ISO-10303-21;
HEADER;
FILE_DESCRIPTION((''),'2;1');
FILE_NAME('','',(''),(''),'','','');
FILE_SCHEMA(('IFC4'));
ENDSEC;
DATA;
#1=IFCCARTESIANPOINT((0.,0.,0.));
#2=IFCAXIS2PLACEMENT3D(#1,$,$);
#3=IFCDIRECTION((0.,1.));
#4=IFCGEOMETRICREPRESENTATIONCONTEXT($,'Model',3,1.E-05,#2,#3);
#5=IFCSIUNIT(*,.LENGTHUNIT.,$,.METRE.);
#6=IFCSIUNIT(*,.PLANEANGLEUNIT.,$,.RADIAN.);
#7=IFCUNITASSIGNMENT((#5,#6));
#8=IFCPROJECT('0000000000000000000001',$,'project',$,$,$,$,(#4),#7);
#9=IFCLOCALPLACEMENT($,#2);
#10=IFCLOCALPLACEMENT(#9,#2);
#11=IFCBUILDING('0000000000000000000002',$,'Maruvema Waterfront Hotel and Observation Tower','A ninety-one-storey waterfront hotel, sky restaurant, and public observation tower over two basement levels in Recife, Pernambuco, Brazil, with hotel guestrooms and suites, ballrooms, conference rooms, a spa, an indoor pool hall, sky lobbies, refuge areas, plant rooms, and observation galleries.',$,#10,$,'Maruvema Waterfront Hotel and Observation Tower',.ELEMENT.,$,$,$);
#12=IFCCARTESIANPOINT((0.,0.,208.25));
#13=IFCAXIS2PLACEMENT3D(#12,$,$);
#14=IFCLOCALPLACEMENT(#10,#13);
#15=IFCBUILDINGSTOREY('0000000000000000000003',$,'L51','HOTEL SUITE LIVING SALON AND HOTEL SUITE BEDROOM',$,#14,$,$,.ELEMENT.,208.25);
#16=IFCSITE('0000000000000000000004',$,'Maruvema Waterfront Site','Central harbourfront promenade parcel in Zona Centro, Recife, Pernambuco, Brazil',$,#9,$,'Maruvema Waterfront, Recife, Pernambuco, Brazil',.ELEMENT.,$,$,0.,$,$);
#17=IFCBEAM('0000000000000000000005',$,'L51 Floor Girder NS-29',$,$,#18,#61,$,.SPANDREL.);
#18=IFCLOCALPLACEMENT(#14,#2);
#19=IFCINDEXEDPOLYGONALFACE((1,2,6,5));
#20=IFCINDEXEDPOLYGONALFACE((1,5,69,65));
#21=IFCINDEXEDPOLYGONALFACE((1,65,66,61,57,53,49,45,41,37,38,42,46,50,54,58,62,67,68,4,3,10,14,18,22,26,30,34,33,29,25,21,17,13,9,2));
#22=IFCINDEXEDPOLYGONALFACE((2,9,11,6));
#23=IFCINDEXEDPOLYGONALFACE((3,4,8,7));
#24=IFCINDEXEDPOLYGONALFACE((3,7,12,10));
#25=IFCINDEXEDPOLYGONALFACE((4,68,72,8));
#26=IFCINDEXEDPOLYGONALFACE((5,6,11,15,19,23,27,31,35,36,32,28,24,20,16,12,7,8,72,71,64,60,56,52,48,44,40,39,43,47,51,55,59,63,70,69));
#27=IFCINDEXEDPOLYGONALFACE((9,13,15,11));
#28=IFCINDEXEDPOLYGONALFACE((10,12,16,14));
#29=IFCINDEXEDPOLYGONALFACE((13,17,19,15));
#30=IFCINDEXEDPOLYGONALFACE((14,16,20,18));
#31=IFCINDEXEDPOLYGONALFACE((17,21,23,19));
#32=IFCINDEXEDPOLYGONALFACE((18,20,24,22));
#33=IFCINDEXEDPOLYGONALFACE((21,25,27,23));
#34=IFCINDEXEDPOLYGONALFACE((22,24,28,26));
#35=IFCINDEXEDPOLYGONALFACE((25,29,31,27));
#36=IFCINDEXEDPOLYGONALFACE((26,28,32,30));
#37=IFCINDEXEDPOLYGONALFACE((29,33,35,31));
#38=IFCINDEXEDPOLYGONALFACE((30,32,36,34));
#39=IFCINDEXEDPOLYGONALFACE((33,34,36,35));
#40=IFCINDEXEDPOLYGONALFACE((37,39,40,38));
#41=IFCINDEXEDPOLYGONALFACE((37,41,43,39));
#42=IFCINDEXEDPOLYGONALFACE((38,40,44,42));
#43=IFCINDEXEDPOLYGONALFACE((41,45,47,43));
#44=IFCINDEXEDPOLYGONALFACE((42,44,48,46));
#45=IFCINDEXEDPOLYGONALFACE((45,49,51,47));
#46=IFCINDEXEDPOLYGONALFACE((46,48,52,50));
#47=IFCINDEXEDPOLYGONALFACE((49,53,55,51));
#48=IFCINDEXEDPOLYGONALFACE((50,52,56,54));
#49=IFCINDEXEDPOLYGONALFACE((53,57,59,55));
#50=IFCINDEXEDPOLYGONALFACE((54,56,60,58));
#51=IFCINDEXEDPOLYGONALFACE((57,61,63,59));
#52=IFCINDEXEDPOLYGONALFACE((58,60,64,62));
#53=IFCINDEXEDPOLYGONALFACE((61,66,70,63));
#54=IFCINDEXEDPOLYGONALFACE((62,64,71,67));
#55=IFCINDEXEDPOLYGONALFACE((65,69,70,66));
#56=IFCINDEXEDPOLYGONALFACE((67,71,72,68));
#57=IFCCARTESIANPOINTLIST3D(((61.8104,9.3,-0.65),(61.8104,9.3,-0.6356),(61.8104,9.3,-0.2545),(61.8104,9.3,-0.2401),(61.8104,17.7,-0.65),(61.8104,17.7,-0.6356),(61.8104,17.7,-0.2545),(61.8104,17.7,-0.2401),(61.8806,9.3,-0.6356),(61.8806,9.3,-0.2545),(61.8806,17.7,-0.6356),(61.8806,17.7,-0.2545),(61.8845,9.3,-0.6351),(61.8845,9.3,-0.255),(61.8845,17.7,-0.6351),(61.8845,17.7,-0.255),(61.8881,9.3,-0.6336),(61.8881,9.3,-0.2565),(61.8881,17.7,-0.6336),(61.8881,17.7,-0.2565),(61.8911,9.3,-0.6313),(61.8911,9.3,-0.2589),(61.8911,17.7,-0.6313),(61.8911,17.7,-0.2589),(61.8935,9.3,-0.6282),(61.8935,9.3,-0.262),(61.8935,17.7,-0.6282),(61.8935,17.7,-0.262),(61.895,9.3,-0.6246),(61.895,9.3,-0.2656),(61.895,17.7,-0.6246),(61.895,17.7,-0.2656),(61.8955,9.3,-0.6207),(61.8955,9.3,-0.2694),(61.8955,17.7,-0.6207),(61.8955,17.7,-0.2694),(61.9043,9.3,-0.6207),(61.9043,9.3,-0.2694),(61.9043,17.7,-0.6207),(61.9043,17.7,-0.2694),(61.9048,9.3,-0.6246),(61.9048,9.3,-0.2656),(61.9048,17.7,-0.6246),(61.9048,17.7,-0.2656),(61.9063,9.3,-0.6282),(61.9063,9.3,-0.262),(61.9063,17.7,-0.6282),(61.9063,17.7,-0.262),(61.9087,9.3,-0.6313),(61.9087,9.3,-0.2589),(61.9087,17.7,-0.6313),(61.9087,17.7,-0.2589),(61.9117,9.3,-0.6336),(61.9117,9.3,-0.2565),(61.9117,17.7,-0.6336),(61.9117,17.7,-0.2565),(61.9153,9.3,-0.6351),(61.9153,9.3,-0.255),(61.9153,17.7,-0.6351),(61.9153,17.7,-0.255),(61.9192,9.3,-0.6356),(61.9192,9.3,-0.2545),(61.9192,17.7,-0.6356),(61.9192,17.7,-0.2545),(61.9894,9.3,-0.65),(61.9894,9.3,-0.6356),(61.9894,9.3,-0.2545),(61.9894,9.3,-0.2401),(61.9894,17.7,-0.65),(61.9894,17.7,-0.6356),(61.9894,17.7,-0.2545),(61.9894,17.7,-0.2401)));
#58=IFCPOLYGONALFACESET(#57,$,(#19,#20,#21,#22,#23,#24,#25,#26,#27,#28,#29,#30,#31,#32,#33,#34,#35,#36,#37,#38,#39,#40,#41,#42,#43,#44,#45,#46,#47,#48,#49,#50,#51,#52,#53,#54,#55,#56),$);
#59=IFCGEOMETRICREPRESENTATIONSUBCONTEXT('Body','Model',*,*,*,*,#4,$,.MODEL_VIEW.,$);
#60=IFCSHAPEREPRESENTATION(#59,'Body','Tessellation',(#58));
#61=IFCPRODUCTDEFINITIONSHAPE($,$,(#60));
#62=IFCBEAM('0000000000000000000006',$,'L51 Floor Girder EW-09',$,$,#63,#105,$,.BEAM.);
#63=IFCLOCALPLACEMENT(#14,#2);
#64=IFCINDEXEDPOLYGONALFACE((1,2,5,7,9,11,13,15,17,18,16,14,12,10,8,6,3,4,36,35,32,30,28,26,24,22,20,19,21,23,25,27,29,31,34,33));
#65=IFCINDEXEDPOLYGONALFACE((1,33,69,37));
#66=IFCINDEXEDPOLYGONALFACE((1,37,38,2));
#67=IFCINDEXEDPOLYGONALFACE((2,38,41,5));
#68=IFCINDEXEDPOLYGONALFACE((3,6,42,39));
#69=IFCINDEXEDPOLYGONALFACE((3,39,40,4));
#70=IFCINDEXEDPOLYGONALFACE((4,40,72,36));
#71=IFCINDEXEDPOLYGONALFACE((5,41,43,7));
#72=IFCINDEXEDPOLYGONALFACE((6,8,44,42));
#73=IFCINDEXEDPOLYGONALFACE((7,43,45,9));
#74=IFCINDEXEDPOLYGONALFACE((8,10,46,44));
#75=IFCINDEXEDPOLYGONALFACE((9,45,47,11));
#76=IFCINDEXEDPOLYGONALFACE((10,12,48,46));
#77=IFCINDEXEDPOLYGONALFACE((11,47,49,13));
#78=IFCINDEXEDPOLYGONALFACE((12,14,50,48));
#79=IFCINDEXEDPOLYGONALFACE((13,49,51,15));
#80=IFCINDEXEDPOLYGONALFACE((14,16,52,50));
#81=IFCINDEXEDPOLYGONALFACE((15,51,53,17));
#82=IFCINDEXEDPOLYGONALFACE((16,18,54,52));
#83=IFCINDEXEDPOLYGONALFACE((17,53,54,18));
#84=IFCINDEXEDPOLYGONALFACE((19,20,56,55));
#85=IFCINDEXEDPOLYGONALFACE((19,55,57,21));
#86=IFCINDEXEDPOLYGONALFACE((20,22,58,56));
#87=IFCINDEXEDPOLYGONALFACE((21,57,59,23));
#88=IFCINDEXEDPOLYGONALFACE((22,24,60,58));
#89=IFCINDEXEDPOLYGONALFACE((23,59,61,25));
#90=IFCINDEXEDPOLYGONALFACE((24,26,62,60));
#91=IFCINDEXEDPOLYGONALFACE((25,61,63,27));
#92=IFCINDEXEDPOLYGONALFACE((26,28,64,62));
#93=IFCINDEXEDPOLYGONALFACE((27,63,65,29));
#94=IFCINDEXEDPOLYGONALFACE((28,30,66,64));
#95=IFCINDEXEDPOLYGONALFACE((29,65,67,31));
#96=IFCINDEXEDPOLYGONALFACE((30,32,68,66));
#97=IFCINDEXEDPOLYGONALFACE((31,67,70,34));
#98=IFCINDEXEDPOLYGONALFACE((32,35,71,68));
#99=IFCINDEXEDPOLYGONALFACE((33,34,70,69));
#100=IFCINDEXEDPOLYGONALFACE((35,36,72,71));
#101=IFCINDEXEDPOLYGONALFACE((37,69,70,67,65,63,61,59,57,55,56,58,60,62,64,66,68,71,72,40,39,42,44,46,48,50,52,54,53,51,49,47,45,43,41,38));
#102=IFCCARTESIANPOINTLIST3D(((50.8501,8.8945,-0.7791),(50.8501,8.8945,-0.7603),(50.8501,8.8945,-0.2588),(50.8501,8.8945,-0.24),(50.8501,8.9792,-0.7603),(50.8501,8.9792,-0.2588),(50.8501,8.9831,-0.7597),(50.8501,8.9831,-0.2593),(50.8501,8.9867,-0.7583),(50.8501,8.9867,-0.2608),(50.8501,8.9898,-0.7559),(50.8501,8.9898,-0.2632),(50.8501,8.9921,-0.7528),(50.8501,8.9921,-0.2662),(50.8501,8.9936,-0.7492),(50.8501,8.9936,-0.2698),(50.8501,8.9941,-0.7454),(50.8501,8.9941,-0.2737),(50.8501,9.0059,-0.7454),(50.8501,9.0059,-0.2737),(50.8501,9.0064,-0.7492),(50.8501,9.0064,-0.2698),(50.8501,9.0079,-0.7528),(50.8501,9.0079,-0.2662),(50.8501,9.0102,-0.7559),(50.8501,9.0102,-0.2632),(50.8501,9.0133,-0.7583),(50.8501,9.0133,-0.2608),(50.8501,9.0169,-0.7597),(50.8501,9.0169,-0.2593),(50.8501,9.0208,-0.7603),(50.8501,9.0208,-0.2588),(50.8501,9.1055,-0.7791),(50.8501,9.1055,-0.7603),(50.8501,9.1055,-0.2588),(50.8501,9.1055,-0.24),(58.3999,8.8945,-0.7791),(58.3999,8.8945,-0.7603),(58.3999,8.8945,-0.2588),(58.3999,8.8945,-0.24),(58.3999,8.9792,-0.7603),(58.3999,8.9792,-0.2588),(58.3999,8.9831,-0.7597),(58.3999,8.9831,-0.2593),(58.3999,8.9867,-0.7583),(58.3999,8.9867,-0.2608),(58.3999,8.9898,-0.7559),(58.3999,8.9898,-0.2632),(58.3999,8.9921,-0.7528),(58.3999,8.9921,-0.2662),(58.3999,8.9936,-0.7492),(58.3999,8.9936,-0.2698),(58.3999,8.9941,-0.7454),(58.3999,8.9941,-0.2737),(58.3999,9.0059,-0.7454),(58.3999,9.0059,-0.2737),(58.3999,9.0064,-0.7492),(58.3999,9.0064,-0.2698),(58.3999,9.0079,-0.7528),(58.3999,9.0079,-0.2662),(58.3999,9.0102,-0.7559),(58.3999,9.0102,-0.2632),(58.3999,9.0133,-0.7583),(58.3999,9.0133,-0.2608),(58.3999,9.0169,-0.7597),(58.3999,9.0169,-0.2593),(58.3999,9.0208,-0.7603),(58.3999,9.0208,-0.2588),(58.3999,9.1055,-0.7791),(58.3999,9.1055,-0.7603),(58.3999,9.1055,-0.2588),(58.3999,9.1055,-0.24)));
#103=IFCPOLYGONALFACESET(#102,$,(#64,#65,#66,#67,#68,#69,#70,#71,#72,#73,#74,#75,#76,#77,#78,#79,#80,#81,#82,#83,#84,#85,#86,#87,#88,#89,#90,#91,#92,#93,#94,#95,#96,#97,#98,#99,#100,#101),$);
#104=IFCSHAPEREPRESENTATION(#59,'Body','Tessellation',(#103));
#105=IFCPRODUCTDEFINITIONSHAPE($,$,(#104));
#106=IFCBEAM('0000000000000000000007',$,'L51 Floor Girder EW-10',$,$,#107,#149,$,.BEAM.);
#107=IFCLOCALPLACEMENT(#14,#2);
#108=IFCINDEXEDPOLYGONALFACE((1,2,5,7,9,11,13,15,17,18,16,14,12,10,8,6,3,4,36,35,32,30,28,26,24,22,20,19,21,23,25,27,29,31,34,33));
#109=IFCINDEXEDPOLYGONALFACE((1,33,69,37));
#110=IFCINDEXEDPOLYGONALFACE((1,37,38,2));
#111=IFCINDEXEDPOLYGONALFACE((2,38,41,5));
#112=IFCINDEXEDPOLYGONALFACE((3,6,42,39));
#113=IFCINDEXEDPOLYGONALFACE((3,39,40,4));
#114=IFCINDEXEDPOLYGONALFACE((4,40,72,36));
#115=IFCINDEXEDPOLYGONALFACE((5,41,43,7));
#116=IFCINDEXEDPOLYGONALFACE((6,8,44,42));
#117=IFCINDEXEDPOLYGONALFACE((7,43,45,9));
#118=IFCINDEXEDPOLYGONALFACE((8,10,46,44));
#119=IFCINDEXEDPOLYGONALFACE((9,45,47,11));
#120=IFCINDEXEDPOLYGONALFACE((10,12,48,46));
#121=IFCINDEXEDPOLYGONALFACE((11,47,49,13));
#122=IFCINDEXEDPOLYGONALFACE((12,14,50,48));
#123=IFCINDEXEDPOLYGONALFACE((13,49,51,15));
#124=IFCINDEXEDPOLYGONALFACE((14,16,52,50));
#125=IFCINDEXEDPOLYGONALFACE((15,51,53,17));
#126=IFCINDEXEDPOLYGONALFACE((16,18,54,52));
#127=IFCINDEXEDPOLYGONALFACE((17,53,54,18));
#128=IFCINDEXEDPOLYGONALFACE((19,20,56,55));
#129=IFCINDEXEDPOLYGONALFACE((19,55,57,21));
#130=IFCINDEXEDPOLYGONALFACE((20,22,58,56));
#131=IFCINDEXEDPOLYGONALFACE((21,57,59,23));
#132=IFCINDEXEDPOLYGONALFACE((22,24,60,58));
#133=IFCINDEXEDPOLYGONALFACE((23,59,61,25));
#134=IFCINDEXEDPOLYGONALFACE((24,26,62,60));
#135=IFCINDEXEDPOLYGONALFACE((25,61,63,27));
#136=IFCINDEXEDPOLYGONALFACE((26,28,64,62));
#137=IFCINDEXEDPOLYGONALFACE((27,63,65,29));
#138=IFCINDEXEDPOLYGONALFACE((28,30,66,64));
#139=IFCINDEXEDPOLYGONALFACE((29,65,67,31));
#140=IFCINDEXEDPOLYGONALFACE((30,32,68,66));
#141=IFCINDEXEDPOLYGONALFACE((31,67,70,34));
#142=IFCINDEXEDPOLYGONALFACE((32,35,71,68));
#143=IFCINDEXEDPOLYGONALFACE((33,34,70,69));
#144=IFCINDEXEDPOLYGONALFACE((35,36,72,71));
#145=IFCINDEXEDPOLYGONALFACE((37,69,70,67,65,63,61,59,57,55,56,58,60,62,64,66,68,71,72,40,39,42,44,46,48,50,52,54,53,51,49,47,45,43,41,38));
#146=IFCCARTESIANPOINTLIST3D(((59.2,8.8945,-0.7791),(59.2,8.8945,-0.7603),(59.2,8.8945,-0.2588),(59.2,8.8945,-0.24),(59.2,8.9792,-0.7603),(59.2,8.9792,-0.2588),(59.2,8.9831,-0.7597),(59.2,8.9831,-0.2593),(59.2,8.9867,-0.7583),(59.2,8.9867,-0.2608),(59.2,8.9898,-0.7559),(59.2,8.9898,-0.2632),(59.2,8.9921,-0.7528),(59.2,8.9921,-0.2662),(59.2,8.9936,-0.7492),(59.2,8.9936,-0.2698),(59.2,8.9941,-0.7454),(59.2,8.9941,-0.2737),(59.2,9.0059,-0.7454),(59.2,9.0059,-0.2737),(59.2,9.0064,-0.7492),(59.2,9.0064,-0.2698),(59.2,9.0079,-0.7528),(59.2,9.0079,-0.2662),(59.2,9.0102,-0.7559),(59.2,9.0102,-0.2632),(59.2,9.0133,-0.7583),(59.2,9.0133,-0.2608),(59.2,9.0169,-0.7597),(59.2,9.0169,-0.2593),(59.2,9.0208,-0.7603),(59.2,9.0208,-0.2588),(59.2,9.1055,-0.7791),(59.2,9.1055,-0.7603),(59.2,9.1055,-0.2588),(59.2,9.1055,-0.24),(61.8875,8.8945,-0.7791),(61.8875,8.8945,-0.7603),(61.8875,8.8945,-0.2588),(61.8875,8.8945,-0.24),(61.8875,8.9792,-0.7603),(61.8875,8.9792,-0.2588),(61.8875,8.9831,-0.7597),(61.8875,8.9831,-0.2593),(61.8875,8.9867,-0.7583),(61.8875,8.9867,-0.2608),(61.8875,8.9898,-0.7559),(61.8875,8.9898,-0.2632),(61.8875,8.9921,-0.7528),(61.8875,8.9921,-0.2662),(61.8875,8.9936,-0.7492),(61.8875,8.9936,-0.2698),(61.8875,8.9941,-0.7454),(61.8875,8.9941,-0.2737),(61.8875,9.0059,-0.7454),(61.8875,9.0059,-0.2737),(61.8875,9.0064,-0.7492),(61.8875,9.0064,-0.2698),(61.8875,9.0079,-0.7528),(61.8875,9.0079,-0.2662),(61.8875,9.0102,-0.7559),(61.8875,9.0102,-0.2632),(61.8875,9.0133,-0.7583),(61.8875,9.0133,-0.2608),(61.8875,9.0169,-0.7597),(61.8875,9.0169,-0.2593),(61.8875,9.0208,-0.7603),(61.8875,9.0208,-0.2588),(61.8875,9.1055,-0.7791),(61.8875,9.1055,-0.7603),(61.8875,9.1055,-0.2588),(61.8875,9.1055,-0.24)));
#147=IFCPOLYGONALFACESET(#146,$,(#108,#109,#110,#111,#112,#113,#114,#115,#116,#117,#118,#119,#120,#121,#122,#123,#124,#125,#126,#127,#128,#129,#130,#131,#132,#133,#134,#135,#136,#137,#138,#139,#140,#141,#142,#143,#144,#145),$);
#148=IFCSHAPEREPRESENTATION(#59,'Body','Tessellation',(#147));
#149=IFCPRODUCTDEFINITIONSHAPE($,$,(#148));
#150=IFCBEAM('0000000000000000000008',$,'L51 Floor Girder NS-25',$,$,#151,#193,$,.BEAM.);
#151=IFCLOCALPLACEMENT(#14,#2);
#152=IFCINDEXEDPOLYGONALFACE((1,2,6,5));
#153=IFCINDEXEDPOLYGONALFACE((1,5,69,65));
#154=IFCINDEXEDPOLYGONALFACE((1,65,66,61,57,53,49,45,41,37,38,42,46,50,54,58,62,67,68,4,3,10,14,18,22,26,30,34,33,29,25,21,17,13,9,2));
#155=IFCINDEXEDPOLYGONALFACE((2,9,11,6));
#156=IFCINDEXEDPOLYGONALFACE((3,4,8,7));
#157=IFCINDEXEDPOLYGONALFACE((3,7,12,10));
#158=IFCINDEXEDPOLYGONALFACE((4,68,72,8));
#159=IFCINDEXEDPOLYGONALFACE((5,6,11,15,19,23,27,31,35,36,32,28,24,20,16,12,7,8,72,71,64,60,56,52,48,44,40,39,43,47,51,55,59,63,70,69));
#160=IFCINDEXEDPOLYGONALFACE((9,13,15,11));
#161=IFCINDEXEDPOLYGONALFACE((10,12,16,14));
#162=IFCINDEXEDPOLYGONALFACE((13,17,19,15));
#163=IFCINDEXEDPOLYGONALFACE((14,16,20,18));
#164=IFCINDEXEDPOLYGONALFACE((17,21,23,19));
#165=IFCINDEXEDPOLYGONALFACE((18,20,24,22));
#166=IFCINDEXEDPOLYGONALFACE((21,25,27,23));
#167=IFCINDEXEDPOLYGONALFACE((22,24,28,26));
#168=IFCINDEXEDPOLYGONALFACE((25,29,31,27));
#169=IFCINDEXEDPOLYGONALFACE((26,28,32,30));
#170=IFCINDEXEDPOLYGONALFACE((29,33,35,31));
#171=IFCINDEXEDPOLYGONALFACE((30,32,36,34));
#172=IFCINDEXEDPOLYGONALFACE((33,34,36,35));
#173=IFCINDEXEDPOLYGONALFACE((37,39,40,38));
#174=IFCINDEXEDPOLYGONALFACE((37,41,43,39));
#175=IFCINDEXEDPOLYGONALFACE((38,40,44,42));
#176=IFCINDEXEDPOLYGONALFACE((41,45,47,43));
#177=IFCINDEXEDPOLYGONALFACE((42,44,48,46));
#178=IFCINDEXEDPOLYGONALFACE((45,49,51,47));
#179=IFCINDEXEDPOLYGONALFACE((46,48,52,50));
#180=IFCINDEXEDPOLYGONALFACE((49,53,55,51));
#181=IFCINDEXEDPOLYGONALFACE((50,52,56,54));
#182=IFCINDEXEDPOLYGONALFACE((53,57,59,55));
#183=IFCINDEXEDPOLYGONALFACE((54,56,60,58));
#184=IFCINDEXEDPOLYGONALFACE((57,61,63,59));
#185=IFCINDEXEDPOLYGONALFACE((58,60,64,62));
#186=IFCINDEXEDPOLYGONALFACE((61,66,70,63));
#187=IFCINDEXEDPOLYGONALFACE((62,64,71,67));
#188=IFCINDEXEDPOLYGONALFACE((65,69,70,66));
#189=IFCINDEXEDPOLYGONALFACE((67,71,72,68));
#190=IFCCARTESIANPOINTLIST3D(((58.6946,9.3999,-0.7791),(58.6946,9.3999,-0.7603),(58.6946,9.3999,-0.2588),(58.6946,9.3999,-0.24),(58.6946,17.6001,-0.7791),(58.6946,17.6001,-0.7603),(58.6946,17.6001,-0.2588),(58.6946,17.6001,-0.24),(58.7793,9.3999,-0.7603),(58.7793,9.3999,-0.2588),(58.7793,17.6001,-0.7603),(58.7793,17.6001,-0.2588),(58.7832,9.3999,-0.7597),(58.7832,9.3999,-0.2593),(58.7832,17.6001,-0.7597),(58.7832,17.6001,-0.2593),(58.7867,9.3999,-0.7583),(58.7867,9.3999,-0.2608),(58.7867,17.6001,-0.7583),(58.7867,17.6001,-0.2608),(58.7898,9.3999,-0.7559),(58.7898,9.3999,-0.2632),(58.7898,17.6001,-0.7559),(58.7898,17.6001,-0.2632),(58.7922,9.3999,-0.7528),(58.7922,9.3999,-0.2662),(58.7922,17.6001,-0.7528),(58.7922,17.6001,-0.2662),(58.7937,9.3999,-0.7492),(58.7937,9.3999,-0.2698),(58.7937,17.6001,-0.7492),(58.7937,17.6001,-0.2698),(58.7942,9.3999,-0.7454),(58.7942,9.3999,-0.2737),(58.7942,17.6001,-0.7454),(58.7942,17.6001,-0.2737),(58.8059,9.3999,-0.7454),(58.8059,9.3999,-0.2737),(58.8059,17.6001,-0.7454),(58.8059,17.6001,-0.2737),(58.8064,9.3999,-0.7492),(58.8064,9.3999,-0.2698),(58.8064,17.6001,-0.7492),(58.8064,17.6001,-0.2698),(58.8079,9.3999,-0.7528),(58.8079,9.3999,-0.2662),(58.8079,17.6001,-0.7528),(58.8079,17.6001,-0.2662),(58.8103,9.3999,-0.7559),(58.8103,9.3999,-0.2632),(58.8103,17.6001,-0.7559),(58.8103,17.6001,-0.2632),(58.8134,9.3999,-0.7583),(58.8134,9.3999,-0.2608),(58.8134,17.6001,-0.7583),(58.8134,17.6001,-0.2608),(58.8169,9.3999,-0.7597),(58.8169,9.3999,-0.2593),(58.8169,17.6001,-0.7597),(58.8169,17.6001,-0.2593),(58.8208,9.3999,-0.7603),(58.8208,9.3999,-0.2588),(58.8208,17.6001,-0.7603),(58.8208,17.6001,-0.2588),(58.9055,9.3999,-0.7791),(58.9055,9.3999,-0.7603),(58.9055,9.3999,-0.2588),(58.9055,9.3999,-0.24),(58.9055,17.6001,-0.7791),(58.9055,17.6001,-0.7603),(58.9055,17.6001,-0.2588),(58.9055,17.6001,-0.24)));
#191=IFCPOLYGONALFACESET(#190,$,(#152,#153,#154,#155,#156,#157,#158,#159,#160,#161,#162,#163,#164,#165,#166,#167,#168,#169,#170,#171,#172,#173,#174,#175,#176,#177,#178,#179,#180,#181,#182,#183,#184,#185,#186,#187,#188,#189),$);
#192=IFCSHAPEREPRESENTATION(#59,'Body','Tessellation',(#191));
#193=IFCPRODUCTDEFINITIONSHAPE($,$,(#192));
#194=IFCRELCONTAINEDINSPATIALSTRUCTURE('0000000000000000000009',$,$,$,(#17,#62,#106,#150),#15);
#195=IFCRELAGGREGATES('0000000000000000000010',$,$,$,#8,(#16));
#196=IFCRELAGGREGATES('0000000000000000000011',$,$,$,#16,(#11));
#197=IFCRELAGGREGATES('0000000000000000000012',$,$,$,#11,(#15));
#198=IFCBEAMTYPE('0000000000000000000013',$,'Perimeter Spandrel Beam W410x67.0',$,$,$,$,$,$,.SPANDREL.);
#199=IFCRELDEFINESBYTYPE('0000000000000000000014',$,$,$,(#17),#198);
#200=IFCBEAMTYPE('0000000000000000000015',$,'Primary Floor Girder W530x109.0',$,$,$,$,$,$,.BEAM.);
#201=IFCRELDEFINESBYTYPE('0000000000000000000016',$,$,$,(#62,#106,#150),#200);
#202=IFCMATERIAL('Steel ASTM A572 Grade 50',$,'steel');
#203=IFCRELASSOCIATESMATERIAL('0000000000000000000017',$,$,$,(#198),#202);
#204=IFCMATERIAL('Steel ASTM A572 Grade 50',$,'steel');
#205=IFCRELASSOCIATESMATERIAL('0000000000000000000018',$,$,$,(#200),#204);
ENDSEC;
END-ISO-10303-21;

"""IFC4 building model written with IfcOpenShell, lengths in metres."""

from ifc_helpers import new_model, si_unit, direction, frame, origin, origin_2d, place, context, subcontext, project, spatial, i_section, extrude, material, material_profile, profile_set, type_object, element, save


model = new_model("IFC4")

# Units and contexts
model_context = context("Model", 3, precision=1e-05, world=origin(), true_north=direction((0.0, 1.0)))
body_context = subcontext(model_context, "Body", "Model", "MODEL_VIEW")
ifc_project = project(units=[si_unit("LENGTHUNIT", "METRE"), si_unit("PLANEANGLEUNIT", "RADIAN")], contexts=[model_context])

# Site, building, storey
site_placement = place(None, origin())
site = spatial("IfcSite", under=ifc_project, at=site_placement, Name="Maruvema Waterfront Site", Description="Central harbourfront promenade parcel in Zona Centro, Recife, Pernambuco, Brazil", LongName="Maruvema Waterfront, Recife, Pernambuco, Brazil", CompositionType="ELEMENT", RefElevation=0.0)
building_placement = place(site_placement, origin())
building = spatial("IfcBuilding", under=site, at=building_placement, Name="Maruvema Waterfront Hotel and Observation Tower", Description="A ninety-one-storey waterfront hotel, sky restaurant, and public observation tower over two basement levels in Recife, Pernambuco, Brazil, with hotel guestrooms and suites, ballrooms, conference rooms, a spa, an indoor pool hall, sky lobbies, refuge areas, plant rooms, and observation galleries.", LongName="Maruvema Waterfront Hotel and Observation Tower", CompositionType="ELEMENT")
storey_placement = place(building_placement, frame((0.0, 0.0, 208.25)))
storey = spatial("IfcBuildingStorey", under=building, at=storey_placement, Name="L51", Description="HOTEL SUITE LIVING SALON AND HOTEL SUITE BEDROOM", CompositionType="ELEMENT", Elevation=208.25)

# Beams
ifc_material_1 = material(Name="Steel ASTM A572 Grade 50", Category="steel")
ifc_material_profile_1 = material_profile(ifc_material_1, i_section(OverallWidth=0.179, OverallDepth=0.4099, WebThickness=0.0088, FlangeThickness=0.0144, FilletRadius=0.0149, at=origin_2d()), Name="W410x67.0")
ifc_profile_set_1 = profile_set([ifc_material_profile_1], Name="Steel ASTM A572 Grade 50")
beam_type_1 = type_object("IfcBeamType", Name="Perimeter Spandrel Beam W410x67.0", PredefinedType="SPANDREL", material=ifc_profile_set_1)
beam_1_placement = place(storey_placement, frame((61.8999, 9.3, -0.4451), z_axis=(0.0, 1.0, 0.0), x_axis=(-1.0, 0.0, 0.0)))
element("IfcBeam", 1, at=beam_1_placement, inside=storey, type_object=beam_type_1, Name="L51 Floor Girder NS-29", PredefinedType="SPANDREL", context=body_context, shape_type="SweptSolid", body=[
    extrude(i_section(OverallWidth=0.179, OverallDepth=0.4099, WebThickness=0.0088, FlangeThickness=0.0144, FilletRadius=0.0149, at=origin_2d()), origin(), (0.0, 0.0, 1.0), 8.3999),
])
ifc_material_2 = material(Name="Steel ASTM A572 Grade 50", Category="steel")
ifc_material_profile_2 = material_profile(ifc_material_2, i_section(OverallWidth=0.2109, OverallDepth=0.5391, WebThickness=0.0117, FlangeThickness=0.0188, FilletRadius=0.0149, at=origin_2d()), Name="W530x109.0")
ifc_profile_set_2 = profile_set([ifc_material_profile_2], Name="Steel ASTM A572 Grade 50")
beam_type_2 = type_object("IfcBeamType", Name="Primary Floor Girder W530x109.0", PredefinedType="BEAM", material=ifc_profile_set_2)
beam_2_placement = place(storey_placement, frame((50.8501, 9.0, -0.5095), z_axis=(1.0, 0.0, 0.0), x_axis=(0.0, 1.0, 0.0)))
element("IfcBeam", 2, at=beam_2_placement, inside=storey, type_object=beam_type_2, Name="L51 Floor Girder EW-09", PredefinedType="BEAM", context=body_context, shape_type="SweptSolid", body=[
    extrude(i_section(OverallWidth=0.2109, OverallDepth=0.5391, WebThickness=0.0117, FlangeThickness=0.0188, FilletRadius=0.0149, at=origin_2d()), origin(), (0.0, 0.0, 1.0), 7.5498),
])
beam_3_placement = place(storey_placement, frame((59.2, 9.0, -0.5095), z_axis=(1.0, 0.0, 0.0), x_axis=(0.0, 1.0, 0.0)))
element("IfcBeam", 3, at=beam_3_placement, inside=storey, type_object=beam_type_2, Name="L51 Floor Girder EW-10", PredefinedType="BEAM", context=body_context, shape_type="SweptSolid", body=[
    extrude(i_section(OverallWidth=0.2109, OverallDepth=0.5391, WebThickness=0.0117, FlangeThickness=0.0188, FilletRadius=0.0149, at=origin_2d()), origin(), (0.0, 0.0, 1.0), 2.6875),
])
beam_4_placement = place(storey_placement, frame((58.8, 9.3999, -0.5095), z_axis=(0.0, 1.0, 0.0), x_axis=(-1.0, 0.0, 0.0)))
element("IfcBeam", 4, at=beam_4_placement, inside=storey, type_object=beam_type_2, Name="L51 Floor Girder NS-25", PredefinedType="BEAM", context=body_context, shape_type="SweptSolid", body=[
    extrude(i_section(OverallWidth=0.2109, OverallDepth=0.5391, WebThickness=0.0117, FlangeThickness=0.0188, FilletRadius=0.0149, at=origin_2d()), origin(), (0.0, 0.0, 1.0), 8.2002),
])

save(model, "model.ifc")
